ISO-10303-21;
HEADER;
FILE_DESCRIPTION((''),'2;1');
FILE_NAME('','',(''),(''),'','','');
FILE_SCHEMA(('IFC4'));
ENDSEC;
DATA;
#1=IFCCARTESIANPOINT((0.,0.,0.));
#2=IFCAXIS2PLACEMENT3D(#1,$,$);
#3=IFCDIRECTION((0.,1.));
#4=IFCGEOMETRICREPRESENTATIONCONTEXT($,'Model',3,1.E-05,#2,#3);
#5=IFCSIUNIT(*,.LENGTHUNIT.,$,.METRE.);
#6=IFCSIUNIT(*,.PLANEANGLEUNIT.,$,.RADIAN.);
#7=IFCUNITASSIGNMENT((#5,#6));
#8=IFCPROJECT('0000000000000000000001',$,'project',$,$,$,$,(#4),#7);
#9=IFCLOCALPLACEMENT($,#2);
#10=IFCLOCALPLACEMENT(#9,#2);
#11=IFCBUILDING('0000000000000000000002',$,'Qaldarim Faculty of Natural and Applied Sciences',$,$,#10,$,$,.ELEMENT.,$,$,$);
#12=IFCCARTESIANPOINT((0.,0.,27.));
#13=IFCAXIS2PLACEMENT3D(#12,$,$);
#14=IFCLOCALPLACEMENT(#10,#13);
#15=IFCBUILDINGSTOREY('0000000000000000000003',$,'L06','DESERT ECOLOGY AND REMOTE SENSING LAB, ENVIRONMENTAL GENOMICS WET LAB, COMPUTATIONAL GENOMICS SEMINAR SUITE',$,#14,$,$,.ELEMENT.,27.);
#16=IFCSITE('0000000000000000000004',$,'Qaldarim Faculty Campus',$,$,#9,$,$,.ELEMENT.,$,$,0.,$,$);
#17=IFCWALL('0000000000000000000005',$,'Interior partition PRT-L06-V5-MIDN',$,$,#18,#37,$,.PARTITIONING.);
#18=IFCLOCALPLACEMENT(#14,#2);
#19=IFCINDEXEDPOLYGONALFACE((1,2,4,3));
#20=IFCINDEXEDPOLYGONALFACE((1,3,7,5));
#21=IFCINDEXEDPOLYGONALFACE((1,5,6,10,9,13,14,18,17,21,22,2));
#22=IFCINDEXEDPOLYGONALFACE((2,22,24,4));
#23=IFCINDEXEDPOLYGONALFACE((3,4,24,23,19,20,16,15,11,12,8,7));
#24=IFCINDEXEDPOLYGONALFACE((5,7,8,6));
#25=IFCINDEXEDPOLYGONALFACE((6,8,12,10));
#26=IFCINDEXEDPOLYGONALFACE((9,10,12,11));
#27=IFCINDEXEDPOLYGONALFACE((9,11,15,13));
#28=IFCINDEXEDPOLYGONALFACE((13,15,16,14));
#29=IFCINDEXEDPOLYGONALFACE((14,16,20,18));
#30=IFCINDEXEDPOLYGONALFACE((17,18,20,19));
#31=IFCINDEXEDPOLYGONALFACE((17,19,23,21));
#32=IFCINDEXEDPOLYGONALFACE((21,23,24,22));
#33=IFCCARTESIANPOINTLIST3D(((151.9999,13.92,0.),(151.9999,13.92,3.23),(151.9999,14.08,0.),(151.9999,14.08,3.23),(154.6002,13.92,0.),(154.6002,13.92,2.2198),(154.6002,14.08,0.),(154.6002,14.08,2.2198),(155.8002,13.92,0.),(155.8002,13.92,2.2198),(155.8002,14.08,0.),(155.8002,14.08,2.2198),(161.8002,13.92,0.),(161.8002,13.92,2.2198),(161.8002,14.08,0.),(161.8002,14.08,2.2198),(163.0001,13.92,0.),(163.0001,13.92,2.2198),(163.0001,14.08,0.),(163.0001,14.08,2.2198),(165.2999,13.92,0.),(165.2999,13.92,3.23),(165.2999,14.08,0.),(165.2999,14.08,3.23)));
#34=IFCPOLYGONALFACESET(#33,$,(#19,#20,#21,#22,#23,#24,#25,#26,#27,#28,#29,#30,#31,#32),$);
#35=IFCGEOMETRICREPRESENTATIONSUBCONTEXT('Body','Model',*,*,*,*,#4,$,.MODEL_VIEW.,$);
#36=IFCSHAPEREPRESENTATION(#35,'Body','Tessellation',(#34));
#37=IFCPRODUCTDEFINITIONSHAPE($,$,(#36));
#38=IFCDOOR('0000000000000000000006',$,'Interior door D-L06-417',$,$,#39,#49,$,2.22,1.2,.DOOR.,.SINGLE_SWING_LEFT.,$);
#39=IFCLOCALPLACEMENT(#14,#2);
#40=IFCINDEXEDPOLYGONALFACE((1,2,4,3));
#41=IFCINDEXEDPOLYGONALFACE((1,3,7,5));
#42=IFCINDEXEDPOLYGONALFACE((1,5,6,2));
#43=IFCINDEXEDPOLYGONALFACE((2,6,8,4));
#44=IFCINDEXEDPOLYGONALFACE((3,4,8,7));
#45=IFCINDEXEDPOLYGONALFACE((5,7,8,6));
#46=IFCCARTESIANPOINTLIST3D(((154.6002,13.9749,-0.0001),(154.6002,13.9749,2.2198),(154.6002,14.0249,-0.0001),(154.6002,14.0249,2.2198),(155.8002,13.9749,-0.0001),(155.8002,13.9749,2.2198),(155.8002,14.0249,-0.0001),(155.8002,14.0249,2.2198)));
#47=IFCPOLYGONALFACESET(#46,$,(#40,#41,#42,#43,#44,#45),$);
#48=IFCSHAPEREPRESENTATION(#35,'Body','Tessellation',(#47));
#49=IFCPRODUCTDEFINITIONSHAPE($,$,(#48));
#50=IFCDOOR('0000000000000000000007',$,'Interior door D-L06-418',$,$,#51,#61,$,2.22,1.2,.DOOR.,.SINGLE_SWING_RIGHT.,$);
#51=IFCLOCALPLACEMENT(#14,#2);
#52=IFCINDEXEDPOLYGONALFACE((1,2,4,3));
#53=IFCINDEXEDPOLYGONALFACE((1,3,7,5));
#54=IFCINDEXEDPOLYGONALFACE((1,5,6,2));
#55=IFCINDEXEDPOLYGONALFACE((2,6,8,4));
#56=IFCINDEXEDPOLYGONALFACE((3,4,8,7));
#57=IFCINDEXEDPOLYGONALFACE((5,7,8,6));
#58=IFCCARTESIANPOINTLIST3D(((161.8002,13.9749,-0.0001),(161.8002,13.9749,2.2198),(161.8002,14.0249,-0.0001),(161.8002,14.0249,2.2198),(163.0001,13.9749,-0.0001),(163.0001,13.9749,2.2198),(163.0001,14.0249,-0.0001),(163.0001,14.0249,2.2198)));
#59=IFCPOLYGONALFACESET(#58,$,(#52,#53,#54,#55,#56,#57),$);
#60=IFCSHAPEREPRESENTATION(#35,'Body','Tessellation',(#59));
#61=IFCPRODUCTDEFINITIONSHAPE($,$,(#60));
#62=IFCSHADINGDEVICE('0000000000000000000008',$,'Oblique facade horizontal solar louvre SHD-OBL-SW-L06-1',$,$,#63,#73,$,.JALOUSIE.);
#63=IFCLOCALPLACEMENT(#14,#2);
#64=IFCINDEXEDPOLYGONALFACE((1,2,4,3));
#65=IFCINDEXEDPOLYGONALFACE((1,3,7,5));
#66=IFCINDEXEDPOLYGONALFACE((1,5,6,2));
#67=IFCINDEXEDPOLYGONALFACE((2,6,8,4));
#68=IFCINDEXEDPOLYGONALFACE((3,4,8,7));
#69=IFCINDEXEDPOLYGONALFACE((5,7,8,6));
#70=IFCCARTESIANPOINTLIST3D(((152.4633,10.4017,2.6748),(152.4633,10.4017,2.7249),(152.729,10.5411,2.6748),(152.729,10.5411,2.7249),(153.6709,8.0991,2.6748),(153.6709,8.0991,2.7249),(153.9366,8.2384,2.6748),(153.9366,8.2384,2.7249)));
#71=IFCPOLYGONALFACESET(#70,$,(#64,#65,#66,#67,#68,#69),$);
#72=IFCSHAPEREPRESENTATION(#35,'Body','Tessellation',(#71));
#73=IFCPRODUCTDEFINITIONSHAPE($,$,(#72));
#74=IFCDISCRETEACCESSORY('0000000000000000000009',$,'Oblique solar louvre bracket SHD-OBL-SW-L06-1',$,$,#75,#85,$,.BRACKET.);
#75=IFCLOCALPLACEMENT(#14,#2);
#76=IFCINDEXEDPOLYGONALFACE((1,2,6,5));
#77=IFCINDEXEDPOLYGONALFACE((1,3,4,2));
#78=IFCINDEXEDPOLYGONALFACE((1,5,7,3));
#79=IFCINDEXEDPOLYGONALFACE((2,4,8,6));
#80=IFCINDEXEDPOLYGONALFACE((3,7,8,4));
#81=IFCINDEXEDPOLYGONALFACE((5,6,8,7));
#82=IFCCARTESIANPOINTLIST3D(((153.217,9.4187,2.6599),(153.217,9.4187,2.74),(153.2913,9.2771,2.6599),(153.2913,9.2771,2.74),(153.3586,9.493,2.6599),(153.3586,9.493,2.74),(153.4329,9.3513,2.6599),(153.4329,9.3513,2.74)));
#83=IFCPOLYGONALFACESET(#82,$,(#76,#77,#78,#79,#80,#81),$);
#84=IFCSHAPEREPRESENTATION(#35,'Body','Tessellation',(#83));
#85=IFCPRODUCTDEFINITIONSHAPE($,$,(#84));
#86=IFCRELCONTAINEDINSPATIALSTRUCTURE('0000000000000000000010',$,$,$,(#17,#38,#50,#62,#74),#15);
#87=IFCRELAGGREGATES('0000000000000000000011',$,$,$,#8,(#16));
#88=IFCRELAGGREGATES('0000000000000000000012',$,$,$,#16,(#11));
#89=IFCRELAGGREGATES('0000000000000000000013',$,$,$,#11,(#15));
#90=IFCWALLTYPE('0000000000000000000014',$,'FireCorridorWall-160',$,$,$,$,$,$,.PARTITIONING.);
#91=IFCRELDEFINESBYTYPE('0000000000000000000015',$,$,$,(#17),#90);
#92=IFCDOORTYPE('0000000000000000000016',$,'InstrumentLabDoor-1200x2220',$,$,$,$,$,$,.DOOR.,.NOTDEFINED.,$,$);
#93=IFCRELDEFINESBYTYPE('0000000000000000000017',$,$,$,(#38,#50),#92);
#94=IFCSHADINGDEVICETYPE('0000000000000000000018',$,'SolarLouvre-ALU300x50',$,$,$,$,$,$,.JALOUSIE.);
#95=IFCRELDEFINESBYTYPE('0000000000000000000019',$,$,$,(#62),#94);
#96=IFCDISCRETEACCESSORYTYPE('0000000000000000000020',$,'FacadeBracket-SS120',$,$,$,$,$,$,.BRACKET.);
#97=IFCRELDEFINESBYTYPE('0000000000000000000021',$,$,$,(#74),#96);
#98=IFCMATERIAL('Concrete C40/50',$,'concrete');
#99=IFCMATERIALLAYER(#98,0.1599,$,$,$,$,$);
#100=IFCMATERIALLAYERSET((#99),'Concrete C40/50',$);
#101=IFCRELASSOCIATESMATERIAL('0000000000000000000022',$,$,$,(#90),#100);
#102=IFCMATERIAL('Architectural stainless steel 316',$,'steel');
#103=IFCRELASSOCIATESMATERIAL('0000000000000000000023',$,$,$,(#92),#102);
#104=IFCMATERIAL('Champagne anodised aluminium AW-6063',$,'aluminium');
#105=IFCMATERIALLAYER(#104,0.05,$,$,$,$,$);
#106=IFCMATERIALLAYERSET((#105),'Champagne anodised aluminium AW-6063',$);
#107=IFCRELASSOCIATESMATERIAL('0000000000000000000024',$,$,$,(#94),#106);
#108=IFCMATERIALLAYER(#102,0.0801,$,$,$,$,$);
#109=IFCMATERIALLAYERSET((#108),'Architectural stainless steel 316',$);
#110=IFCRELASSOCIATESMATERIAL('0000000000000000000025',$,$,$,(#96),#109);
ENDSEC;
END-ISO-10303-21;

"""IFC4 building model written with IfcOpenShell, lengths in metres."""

from ifc_helpers import new_model, si_unit, direction, frame, frame_2d, origin, origin_2d, place, context, subcontext, project, spatial, rectangle, extrude, material, layer, layer_set, type_object, element, fill, save


model = new_model("IFC4")

# Units and contexts
model_context = context("Model", 3, precision=1e-05, world=origin(), true_north=direction((0.0, 1.0)))
body_context = subcontext(model_context, "Body", "Model", "MODEL_VIEW")
ifc_project = project(units=[si_unit("LENGTHUNIT", "METRE"), si_unit("PLANEANGLEUNIT", "RADIAN")], contexts=[model_context])

# Site, building, storey
site_placement = place(None, origin())
site = spatial("IfcSite", under=ifc_project, at=site_placement, Name="Qaldarim Faculty Campus", CompositionType="ELEMENT", RefElevation=0.0)
building_placement = place(site_placement, origin())
building = spatial("IfcBuilding", under=site, at=building_placement, Name="Qaldarim Faculty of Natural and Applied Sciences", CompositionType="ELEMENT")
storey_placement = place(building_placement, frame((0.0, 0.0, 27.0)))
storey = spatial("IfcBuildingStorey", under=building, at=storey_placement, Name="L06", Description="DESERT ECOLOGY AND REMOTE SENSING LAB, ENVIRONMENTAL GENOMICS WET LAB, COMPUTATIONAL GENOMICS SEMINAR SUITE", CompositionType="ELEMENT", Elevation=27.0)

# Shared definitions
ifc_material_1 = material(Name="Concrete C40/50", Category="concrete")

# Wall, openings, doors
ifc_layer_1 = layer(ifc_material_1, 0.1599)
ifc_layer_set_1 = layer_set([ifc_layer_1], Name="Concrete C40/50")
wall_type_1 = type_object("IfcWallType", Name="FireCorridorWall-160", PredefinedType="PARTITIONING", material=ifc_layer_set_1)
wall_1_placement = place(storey_placement, frame((152.0, 14.0, 0.0), z_axis=(0.0, 0.0, 1.0), x_axis=(1.0, 0.0, 0.0)))
wall_1 = element("IfcWall", 1, at=wall_1_placement, inside=storey, type_object=wall_type_1, Name="Interior partition PRT-L06-V5-MIDN", PredefinedType="PARTITIONING", context=body_context, shape_type="SweptSolid", body=[
    extrude(rectangle(XDim=13.3, YDim=0.1599, at=frame_2d((6.6499, 0.0))), origin(), (0.0, 0.0, 1.0), 3.23),
])
opening_1_placement = place(wall_1_placement, frame((2.6001, 0.0, 0.0)))
opening_1 = element("IfcOpeningElement", 2, at=opening_1_placement, cuts=wall_1, PredefinedType="OPENING", context=body_context, shape_type="SweptSolid", body=[
    extrude(rectangle(XDim=1.2, YDim=2.22, at=frame_2d((0.6001, 1.1099))), frame((0.0, 0.0898, 0.0), z_axis=(0.0, -1.0, 0.0), x_axis=(1.0, 0.0, 0.0)), (0.0, 0.0, 1.0), 0.1799),
])
opening_2_placement = place(wall_1_placement, frame((9.8, 0.0, 0.0)))
opening_2 = element("IfcOpeningElement", 3, at=opening_2_placement, cuts=wall_1, PredefinedType="OPENING", context=body_context, shape_type="SweptSolid", body=[
    extrude(rectangle(XDim=1.2, YDim=2.22, at=frame_2d((0.6001, 1.1099))), frame((0.0, 0.0898, 0.0), z_axis=(0.0, -1.0, 0.0), x_axis=(1.0, 0.0, 0.0)), (0.0, 0.0, 1.0), 0.1799),
])
ifc_material_2 = material(Name="Architectural stainless steel 316", Category="steel")
door_type = type_object("IfcDoorType", Name="InstrumentLabDoor-1200x2220", OperationType="NOTDEFINED", PredefinedType="DOOR", material=ifc_material_2)
door_1_placement = place(opening_1_placement, origin())
door_1 = element("IfcDoor", 4, at=door_1_placement, inside=storey, type_object=door_type, Name="Interior door D-L06-417", OperationType="SINGLE_SWING_LEFT", OverallHeight=2.22, OverallWidth=1.2, PredefinedType="DOOR", context=body_context, shape_type="SweptSolid", body=[
    extrude(rectangle(XDim=1.2, YDim=2.22, at=frame_2d((0.6001, 1.1099))), frame((0.0, 0.0249, 0.0), z_axis=(0.0, -1.0, 0.0), x_axis=(1.0, 0.0, 0.0)), (0.0, 0.0, 1.0), 0.05),
])
fill(opening_1, door_1)
door_2_placement = place(opening_2_placement, origin())
door_2 = element("IfcDoor", 5, at=door_2_placement, inside=storey, type_object=door_type, Name="Interior door D-L06-418", OperationType="SINGLE_SWING_RIGHT", OverallHeight=2.22, OverallWidth=1.2, PredefinedType="DOOR", context=body_context, shape_type="SweptSolid", body=[
    extrude(rectangle(XDim=1.2, YDim=2.22, at=frame_2d((0.6001, 1.1099))), frame((0.0, 0.0249, 0.0), z_axis=(0.0, -1.0, 0.0), x_axis=(1.0, 0.0, 0.0)), (0.0, 0.0, 1.0), 0.05),
])
fill(opening_2, door_2)

# Shading device
ifc_material_3 = material(Name="Champagne anodised aluminium AW-6063", Category="aluminium")
ifc_layer_2 = layer(ifc_material_3, 0.05)
ifc_layer_set_2 = layer_set([ifc_layer_2], Name="Champagne anodised aluminium AW-6063")
shading_device_type = type_object("IfcShadingDeviceType", Name="SolarLouvre-ALU300x50", PredefinedType="JALOUSIE", material=ifc_layer_set_2)
shading_device_placement = place(storey_placement, frame((153.2, 9.3201, 2.6748), z_axis=(0.0, 0.0, 1.0), x_axis=(0.464471, -0.885588, 0.0)))
element("IfcShadingDevice", 6, at=shading_device_placement, inside=storey, type_object=shading_device_type, Name="Oblique facade horizontal solar louvre SHD-OBL-SW-L06-1", PredefinedType="JALOUSIE", context=body_context, shape_type="SweptSolid", body=[
    extrude(rectangle(XDim=2.6001, YDim=0.3, at=origin_2d()), origin(), (0.0, 0.0, 1.0), 0.05),
])

# Discrete accessory
ifc_layer_3 = layer(ifc_material_2, 0.0801)
ifc_layer_set_3 = layer_set([ifc_layer_3], Name="Architectural stainless steel 316")
discrete_accessory_type = type_object("IfcDiscreteAccessoryType", Name="FacadeBracket-SS120", PredefinedType="BRACKET", material=ifc_layer_set_3)
discrete_accessory_placement = place(storey_placement, frame((153.325, 9.385, 2.6599), z_axis=(0.0, 0.0, 1.0), x_axis=(0.464471, -0.885588, 0.0)))
element("IfcDiscreteAccessory", 7, at=discrete_accessory_placement, inside=storey, type_object=discrete_accessory_type, Name="Oblique solar louvre bracket SHD-OBL-SW-L06-1", PredefinedType="BRACKET", context=body_context, shape_type="SweptSolid", body=[
    extrude(rectangle(XDim=0.1599, YDim=0.1599, at=origin_2d()), origin(), (0.0, 0.0, 1.0), 0.0801),
])

save(model, "model.ifc")
